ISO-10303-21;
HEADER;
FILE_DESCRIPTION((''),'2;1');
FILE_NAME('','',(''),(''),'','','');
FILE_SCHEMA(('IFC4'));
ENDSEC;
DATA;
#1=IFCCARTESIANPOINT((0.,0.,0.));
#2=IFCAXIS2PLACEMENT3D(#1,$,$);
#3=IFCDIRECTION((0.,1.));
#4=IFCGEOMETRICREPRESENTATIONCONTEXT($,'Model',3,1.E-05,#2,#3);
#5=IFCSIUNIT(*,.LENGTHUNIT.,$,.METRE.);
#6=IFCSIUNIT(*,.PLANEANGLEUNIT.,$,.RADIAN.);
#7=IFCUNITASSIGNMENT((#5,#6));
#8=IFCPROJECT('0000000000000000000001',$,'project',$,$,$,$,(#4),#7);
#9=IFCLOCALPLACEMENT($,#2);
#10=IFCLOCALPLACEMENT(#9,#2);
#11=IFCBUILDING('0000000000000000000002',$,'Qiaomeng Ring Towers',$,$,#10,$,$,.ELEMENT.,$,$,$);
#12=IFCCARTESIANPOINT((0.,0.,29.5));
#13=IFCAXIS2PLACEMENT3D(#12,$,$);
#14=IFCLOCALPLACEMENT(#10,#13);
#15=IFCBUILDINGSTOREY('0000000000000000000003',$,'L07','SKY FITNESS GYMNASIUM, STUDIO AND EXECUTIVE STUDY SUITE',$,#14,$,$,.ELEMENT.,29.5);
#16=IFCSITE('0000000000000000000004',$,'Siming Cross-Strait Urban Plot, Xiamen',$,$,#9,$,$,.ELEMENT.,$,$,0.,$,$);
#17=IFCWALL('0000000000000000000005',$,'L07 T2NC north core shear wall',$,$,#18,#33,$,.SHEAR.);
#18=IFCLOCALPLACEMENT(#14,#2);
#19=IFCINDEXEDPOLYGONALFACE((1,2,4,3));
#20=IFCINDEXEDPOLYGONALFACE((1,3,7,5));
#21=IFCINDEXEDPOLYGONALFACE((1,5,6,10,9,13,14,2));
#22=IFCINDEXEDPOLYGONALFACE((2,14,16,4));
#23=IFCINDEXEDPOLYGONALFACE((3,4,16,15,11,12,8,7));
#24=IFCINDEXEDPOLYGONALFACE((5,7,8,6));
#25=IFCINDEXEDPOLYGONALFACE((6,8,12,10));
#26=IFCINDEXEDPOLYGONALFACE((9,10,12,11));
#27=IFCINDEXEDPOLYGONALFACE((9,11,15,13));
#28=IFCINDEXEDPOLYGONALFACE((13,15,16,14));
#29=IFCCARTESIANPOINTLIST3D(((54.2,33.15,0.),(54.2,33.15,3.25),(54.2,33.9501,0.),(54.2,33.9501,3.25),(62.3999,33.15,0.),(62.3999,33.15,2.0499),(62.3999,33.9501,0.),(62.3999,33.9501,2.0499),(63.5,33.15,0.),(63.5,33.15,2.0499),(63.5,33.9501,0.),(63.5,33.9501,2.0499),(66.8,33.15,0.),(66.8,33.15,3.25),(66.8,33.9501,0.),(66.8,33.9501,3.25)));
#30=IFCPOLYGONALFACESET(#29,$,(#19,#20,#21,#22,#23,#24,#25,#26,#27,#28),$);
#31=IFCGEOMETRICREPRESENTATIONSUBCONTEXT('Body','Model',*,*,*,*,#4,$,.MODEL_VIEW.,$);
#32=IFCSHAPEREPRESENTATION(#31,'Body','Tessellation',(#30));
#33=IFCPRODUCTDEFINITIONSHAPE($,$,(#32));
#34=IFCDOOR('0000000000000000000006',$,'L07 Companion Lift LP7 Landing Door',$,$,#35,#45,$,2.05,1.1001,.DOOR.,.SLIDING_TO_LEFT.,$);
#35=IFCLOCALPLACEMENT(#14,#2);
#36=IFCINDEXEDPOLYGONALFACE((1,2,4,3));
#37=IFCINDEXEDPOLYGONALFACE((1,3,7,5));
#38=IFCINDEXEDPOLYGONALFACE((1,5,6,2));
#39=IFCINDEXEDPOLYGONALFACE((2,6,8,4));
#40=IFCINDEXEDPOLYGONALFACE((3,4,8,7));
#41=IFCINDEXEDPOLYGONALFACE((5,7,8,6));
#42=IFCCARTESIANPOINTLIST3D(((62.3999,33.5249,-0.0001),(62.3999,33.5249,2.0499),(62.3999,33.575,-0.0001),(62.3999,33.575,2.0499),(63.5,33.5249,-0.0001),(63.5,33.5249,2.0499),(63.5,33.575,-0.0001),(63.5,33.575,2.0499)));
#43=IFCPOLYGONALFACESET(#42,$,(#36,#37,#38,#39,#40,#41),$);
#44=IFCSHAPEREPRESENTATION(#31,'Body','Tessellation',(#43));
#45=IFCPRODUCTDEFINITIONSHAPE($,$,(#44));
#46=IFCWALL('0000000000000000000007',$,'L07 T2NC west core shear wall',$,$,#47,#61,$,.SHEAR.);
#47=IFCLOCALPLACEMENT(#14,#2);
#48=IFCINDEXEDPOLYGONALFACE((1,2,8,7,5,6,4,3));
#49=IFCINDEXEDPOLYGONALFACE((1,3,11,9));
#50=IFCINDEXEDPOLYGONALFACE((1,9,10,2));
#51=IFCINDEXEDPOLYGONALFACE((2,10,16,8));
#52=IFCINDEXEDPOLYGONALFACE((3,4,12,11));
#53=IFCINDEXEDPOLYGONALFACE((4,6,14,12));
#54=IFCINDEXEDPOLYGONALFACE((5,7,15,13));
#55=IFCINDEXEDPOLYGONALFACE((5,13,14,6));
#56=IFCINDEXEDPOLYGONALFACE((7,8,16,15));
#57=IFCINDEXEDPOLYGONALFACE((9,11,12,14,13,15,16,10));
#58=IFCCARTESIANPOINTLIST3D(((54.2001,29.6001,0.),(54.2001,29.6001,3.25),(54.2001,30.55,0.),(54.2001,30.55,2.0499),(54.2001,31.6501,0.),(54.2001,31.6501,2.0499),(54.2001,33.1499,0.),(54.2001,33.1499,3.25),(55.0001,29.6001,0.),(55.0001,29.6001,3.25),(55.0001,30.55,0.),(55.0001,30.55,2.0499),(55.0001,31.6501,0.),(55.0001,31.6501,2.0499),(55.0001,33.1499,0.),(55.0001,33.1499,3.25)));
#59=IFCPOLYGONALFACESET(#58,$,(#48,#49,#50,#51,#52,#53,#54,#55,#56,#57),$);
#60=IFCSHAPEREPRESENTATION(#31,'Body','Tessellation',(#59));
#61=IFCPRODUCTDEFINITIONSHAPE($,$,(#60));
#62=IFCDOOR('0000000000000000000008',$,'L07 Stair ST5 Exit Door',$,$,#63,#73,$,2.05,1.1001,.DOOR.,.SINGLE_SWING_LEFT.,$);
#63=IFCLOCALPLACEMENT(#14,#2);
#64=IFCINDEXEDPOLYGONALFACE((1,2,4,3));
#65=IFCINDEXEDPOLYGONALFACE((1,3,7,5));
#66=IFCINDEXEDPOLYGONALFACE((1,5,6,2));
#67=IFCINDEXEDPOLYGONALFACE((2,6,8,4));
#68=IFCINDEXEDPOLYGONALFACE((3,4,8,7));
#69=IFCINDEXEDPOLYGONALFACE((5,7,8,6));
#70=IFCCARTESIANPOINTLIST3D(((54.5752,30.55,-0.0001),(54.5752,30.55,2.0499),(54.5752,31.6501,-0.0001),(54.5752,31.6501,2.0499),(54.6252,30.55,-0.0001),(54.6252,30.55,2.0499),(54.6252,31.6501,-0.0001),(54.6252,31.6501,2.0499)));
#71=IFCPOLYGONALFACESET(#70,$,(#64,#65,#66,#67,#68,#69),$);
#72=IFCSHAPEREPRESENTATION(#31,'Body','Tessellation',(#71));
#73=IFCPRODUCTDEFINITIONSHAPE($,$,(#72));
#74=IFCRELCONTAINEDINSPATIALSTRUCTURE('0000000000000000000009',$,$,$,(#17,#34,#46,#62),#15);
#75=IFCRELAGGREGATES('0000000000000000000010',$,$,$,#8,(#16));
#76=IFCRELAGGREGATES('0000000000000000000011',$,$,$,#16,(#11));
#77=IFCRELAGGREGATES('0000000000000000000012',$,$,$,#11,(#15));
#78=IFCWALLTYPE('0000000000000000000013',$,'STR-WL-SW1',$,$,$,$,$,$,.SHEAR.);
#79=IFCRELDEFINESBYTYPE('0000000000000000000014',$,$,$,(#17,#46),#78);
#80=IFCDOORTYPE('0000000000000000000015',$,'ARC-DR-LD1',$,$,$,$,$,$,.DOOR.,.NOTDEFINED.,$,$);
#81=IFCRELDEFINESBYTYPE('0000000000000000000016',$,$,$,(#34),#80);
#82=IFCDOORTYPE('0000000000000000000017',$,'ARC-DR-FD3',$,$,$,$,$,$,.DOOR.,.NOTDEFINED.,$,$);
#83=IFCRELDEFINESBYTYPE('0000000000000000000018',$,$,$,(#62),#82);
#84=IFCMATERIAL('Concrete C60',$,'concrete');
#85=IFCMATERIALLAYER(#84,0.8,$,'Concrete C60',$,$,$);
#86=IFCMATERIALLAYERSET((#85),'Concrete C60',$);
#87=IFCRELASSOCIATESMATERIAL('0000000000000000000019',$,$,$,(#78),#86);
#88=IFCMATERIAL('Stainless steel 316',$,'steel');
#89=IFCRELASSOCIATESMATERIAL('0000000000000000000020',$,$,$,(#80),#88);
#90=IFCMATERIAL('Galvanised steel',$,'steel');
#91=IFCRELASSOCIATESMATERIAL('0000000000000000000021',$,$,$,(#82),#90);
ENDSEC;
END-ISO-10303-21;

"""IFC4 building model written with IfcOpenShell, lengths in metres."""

from ifc_helpers import new_model, si_unit, direction, frame, frame_2d, origin, place, context, subcontext, project, spatial, rectangle, extrude, source, transform, mapped, material, layer, layer_set, type_object, element, fill, save


model = new_model("IFC4")

# Units and contexts
model_context = context("Model", 3, precision=1e-05, world=origin(), true_north=direction((0.0, 1.0)))
body_context = subcontext(model_context, "Body", "Model", "MODEL_VIEW")
ifc_project = project(units=[si_unit("LENGTHUNIT", "METRE"), si_unit("PLANEANGLEUNIT", "RADIAN")], contexts=[model_context])

# Site, building, storey
site_placement = place(None, origin())
site = spatial("IfcSite", under=ifc_project, at=site_placement, Name="Siming Cross-Strait Urban Plot, Xiamen", CompositionType="ELEMENT", RefElevation=0.0)
building_placement = place(site_placement, origin())
building = spatial("IfcBuilding", under=site, at=building_placement, Name="Qiaomeng Ring Towers", CompositionType="ELEMENT")
storey_placement = place(building_placement, frame((0.0, 0.0, 29.5)))
storey = spatial("IfcBuildingStorey", under=building, at=storey_placement, Name="L07", Description="SKY FITNESS GYMNASIUM, STUDIO AND EXECUTIVE STUDY SUITE", CompositionType="ELEMENT", Elevation=29.5)

# Shared definitions
ifc_material_1 = material(Name="Concrete C60", Category="concrete")

# Shared definitions
ifc_layer_1 = layer(ifc_material_1, 0.8, Name="Concrete C60")
ifc_layer_set_1 = layer_set([ifc_layer_1], Name="Concrete C60")
wall_type_1 = type_object("IfcWallType", Name="STR-WL-SW1", PredefinedType="SHEAR", material=ifc_layer_set_1)

# Walls, openings, doors
wall_1_placement = place(storey_placement, frame((54.2, 33.55, 0.0), z_axis=(0.0, 0.0, 1.0), x_axis=(1.0, 0.0, 0.0)))
wall_1 = element("IfcWall", 1, at=wall_1_placement, inside=storey, type_object=wall_type_1, Name="L07 T2NC north core shear wall", PredefinedType="SHEAR", context=body_context, shape_type="SweptSolid", body=[
    extrude(rectangle(XDim=12.6001, YDim=0.8, at=frame_2d((6.3, 0.0))), origin(), (0.0, 0.0, 1.0), 3.25),
])
opening_1_placement = place(wall_1_placement, frame((8.2, 0.0, 0.0)))
opening_1 = element("IfcOpeningElement", 2, at=opening_1_placement, cuts=wall_1, PredefinedType="OPENING", context=body_context, shape_type="SweptSolid", body=[
    extrude(rectangle(XDim=1.1001, YDim=2.05, at=frame_2d((0.55, 1.0249))), frame((0.0, 0.4099, 0.0), z_axis=(0.0, -1.0, 0.0), x_axis=(1.0, 0.0, 0.0)), (0.0, 0.0, 1.0), 0.8201),
])
ifc_material_2 = material(Name="Stainless steel 316", Category="steel")
door_type_1 = type_object("IfcDoorType", Name="ARC-DR-LD1", OperationType="NOTDEFINED", PredefinedType="DOOR", material=ifc_material_2)
shared_shape_1 = source(origin(), body_context, "Body", "SweptSolid", [
    extrude(rectangle(XDim=1.1001, YDim=2.05, at=frame_2d((0.55, 1.0249))), frame((0.0, 0.0249, 0.0), z_axis=(0.0, -1.0, 0.0), x_axis=(1.0, 0.0, 0.0)), (0.0, 0.0, 1.0), 0.05),
])
door_1_placement = place(opening_1_placement, origin())
door_1 = element("IfcDoor", 3, at=door_1_placement, inside=storey, type_object=door_type_1, Name="L07 Companion Lift LP7 Landing Door", OperationType="SLIDING_TO_LEFT", OverallHeight=2.05, OverallWidth=1.1001, PredefinedType="DOOR", context=body_context, shape_type="MappedRepresentation", body=[
    mapped(shared_shape_1, transform((0.0, 0.0, 0.0), x_axis=(1.0, 0.0, 0.0), y_axis=(0.0, 1.0, 0.0), z_axis=(0.0, 0.0, 1.0), scale=1.0)),
])
fill(opening_1, door_1)
wall_2_placement = place(storey_placement, frame((54.6001, 29.6001, 0.0), z_axis=(0.0, 0.0, 1.0), x_axis=(0.0, 1.0, 0.0)))
wall_2 = element("IfcWall", 4, at=wall_2_placement, inside=storey, type_object=wall_type_1, Name="L07 T2NC west core shear wall", PredefinedType="SHEAR", context=body_context, shape_type="SweptSolid", body=[
    extrude(rectangle(XDim=3.5498, YDim=0.8, at=frame_2d((1.7749, 0.0))), origin(), (0.0, 0.0, 1.0), 3.25),
])
opening_2_placement = place(wall_2_placement, frame((0.95, 0.0, 0.0)))
opening_2 = element("IfcOpeningElement", 5, at=opening_2_placement, cuts=wall_2, PredefinedType="OPENING", context=body_context, shape_type="SweptSolid", body=[
    extrude(rectangle(XDim=1.1001, YDim=2.05, at=frame_2d((0.55, 1.0249))), frame((0.0, 0.4099, 0.0), z_axis=(0.0, -1.0, 0.0), x_axis=(1.0, 0.0, 0.0)), (0.0, 0.0, 1.0), 0.8201),
])
ifc_material_3 = material(Name="Galvanised steel", Category="steel")
door_type_2 = type_object("IfcDoorType", Name="ARC-DR-FD3", OperationType="NOTDEFINED", PredefinedType="DOOR", material=ifc_material_3)
door_2_placement = place(opening_2_placement, origin())
door_2 = element("IfcDoor", 6, at=door_2_placement, inside=storey, type_object=door_type_2, Name="L07 Stair ST5 Exit Door", OperationType="SINGLE_SWING_LEFT", OverallHeight=2.05, OverallWidth=1.1001, PredefinedType="DOOR", context=body_context, shape_type="MappedRepresentation", body=[
    mapped(shared_shape_1, transform((0.0, 0.0, 0.0), x_axis=(1.0, 0.0, 0.0), y_axis=(0.0, 1.0, 0.0), z_axis=(0.0, 0.0, 1.0), scale=1.0)),
])
fill(opening_2, door_2)

save(model, "model.ifc")
